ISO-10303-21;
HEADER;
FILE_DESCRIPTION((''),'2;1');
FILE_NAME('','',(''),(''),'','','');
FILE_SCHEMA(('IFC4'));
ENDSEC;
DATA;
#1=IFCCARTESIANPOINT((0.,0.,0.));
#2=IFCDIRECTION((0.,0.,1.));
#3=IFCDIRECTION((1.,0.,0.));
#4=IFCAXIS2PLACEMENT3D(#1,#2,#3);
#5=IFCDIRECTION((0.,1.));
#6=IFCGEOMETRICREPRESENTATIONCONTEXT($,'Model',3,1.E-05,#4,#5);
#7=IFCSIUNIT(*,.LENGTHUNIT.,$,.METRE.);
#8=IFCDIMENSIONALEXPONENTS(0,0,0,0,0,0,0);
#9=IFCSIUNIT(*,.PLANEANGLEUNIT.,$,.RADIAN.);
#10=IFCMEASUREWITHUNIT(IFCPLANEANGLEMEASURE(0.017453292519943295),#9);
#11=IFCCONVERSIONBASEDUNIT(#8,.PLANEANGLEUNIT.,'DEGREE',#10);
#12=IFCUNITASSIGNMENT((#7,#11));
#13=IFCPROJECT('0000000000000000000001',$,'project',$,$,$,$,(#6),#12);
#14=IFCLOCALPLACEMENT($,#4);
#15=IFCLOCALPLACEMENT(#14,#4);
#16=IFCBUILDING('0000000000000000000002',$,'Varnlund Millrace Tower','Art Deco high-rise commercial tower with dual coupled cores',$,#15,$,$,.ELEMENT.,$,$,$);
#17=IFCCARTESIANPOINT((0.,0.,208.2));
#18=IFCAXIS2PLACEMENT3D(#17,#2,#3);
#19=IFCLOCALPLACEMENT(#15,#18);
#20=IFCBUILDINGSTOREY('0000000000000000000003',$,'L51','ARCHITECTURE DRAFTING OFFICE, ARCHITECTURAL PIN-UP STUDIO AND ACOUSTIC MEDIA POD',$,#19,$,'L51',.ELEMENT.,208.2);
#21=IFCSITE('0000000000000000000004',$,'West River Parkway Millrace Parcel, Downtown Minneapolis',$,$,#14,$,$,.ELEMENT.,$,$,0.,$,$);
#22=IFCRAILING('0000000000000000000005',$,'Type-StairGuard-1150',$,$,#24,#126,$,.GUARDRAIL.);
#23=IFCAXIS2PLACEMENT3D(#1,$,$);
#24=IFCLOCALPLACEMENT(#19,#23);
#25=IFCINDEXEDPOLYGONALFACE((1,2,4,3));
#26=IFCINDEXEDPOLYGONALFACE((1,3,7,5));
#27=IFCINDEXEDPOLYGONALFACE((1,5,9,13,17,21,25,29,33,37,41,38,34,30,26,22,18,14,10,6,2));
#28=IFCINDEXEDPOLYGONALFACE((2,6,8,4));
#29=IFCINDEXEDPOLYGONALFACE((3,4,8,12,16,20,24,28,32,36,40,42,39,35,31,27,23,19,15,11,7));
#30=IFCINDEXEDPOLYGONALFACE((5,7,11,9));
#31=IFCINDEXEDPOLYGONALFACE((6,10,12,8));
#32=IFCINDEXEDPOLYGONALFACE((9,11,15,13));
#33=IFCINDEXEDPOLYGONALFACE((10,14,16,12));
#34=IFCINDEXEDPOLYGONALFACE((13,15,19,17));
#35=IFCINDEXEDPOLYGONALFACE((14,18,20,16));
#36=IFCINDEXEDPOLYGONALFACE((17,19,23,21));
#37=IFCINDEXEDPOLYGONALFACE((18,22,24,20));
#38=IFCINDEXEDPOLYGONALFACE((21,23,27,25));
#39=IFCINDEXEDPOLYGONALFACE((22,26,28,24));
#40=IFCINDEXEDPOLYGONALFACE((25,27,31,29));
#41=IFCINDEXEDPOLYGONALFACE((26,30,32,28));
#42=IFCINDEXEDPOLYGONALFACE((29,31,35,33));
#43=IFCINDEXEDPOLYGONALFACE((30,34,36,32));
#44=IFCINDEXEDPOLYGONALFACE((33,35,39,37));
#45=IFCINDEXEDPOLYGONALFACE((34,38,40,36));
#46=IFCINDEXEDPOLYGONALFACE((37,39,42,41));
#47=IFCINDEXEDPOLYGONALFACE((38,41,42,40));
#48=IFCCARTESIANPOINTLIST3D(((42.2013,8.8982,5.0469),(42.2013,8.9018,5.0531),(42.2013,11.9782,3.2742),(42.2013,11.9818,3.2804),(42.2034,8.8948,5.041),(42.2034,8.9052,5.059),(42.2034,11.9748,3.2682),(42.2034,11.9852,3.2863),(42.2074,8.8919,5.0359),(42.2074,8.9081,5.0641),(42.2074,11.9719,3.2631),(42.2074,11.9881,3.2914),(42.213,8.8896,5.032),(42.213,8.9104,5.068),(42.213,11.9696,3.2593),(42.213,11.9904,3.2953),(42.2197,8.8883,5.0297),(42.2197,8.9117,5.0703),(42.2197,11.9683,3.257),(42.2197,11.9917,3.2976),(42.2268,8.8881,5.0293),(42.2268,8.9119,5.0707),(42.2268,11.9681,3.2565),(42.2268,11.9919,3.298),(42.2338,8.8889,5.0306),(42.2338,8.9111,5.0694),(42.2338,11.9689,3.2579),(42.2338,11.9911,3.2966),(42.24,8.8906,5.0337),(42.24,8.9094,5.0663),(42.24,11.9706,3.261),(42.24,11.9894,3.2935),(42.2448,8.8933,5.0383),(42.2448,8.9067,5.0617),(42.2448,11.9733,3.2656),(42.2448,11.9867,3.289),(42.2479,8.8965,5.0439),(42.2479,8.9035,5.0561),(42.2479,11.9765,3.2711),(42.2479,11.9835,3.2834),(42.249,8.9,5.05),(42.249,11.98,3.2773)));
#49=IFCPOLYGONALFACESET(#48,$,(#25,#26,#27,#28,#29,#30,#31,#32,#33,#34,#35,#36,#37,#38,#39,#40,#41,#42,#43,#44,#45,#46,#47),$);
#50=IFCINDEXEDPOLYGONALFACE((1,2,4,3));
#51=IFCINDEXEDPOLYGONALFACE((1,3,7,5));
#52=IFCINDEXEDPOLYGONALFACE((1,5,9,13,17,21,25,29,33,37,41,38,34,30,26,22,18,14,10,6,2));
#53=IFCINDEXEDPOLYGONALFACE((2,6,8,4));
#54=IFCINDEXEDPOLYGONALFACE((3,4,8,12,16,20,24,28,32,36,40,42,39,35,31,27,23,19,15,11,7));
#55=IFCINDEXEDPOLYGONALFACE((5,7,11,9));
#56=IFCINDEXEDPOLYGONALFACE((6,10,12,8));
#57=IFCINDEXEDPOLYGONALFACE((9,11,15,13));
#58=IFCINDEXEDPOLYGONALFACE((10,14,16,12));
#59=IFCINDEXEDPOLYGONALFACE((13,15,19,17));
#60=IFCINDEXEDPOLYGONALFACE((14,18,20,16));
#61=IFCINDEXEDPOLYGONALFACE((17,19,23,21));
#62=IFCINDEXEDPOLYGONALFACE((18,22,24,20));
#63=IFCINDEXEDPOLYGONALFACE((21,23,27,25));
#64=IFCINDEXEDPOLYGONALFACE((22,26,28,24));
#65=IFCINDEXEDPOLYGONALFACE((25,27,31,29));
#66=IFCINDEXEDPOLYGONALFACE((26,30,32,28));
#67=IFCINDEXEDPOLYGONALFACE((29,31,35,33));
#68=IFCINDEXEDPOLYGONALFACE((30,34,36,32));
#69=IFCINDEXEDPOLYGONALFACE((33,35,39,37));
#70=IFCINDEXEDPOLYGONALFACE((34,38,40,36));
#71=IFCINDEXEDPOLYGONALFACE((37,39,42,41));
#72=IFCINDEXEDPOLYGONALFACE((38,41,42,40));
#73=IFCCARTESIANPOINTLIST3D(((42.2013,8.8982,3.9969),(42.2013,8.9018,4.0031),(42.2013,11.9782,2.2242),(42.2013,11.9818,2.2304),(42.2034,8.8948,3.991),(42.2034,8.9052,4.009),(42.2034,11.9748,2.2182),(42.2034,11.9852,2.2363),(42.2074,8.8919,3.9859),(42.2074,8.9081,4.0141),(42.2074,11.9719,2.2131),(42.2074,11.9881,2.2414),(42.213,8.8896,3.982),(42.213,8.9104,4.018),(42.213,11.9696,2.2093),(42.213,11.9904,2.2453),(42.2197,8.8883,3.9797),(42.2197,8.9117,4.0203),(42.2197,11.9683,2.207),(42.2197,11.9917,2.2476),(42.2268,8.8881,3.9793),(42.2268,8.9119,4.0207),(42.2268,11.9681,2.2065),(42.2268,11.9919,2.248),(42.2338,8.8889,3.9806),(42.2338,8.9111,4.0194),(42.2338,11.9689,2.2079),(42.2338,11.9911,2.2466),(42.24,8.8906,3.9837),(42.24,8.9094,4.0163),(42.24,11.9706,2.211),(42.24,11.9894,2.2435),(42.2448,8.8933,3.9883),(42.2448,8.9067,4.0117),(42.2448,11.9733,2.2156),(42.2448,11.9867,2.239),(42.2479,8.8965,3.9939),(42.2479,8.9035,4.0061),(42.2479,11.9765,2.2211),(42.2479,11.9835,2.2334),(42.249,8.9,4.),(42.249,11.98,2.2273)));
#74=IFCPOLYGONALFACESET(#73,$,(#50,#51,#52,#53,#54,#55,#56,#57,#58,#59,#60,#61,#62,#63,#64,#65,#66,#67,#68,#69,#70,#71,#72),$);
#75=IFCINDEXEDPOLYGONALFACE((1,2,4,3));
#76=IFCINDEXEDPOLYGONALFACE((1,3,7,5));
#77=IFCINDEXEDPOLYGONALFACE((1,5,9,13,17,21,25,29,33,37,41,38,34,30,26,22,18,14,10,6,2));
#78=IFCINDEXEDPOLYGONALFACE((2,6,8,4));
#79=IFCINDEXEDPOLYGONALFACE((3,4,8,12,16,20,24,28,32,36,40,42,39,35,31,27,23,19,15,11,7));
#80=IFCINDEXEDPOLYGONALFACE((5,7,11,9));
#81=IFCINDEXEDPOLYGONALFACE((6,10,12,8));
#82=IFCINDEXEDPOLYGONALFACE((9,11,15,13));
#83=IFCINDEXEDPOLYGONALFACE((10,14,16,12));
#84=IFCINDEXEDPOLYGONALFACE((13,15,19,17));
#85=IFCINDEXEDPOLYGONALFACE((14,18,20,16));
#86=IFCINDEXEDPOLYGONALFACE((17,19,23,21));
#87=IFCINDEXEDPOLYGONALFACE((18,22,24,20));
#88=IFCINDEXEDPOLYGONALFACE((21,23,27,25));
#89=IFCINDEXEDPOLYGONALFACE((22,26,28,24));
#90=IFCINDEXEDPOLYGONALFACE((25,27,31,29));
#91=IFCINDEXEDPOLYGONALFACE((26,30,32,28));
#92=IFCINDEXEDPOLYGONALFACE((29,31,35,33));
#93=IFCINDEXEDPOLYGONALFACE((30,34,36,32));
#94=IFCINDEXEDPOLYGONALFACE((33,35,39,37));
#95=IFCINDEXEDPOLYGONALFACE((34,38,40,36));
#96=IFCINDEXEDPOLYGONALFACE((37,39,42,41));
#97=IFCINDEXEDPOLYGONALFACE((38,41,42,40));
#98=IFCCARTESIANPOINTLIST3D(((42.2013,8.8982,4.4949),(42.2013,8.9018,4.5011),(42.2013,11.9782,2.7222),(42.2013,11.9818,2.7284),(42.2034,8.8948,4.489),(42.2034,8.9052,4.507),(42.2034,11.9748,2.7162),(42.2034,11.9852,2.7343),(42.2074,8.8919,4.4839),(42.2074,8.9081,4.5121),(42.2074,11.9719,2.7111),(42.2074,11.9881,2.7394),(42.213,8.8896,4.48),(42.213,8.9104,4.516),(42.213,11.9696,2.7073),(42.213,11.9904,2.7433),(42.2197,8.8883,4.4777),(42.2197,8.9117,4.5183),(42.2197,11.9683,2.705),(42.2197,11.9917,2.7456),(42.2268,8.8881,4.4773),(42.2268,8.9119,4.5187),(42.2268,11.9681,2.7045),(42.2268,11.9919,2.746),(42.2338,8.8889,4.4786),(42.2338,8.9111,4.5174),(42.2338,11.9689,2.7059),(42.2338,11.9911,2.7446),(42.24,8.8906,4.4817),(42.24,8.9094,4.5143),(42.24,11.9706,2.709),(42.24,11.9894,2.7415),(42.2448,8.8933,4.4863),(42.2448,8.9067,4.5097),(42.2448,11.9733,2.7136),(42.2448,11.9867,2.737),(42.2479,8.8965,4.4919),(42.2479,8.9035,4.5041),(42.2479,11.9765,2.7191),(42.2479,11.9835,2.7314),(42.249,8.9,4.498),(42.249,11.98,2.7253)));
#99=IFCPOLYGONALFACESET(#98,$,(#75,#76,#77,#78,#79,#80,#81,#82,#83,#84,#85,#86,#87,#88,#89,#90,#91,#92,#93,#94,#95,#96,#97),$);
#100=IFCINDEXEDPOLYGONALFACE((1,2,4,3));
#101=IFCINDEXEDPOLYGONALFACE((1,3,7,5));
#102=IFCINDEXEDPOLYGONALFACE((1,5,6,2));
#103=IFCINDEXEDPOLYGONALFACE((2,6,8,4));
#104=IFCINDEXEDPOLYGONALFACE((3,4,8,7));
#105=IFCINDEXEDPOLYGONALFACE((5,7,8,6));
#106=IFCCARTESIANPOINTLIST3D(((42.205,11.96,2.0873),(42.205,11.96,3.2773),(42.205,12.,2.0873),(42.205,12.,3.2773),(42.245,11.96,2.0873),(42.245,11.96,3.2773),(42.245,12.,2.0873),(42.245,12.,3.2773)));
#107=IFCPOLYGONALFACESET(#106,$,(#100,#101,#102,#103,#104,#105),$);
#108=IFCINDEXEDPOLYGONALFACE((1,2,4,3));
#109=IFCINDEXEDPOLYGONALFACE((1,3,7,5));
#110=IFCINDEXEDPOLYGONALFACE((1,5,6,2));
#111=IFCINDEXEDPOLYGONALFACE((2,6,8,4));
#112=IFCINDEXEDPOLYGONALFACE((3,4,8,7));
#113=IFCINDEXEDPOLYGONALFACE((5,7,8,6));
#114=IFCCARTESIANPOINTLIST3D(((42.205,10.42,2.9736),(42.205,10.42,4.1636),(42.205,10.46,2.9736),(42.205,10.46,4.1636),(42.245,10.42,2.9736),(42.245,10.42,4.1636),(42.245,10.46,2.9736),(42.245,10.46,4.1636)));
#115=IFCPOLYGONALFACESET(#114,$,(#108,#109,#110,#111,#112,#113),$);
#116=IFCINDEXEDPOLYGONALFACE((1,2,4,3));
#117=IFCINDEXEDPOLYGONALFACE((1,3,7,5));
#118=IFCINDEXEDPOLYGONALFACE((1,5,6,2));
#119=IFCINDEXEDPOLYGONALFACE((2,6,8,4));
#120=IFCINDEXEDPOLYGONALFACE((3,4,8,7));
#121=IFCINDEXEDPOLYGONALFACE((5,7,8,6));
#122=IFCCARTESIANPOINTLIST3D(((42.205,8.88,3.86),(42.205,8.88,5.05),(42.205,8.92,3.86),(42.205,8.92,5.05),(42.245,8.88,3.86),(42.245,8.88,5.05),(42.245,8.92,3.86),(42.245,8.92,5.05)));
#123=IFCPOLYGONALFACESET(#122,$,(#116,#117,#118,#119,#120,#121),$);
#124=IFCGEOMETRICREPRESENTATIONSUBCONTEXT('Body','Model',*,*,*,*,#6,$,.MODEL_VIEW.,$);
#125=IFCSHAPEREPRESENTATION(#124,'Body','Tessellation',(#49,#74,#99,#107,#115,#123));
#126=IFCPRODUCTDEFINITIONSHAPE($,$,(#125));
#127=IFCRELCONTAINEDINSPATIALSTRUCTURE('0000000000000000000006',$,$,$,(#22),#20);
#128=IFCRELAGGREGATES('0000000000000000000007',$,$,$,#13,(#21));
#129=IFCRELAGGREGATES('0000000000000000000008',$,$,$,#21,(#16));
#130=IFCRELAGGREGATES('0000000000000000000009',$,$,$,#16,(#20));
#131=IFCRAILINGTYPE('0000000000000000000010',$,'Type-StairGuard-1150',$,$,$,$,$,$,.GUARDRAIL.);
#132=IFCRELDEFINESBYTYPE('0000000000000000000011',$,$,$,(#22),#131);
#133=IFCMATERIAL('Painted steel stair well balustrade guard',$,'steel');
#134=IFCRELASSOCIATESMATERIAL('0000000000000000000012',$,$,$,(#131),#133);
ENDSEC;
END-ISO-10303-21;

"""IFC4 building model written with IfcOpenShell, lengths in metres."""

from ifc_helpers import new_model, entity, si_unit, converted_unit, direction, frame, origin_with_axes, origin_2d_with_axis, place, context, subcontext, project, spatial, rectangle, circle, extrude, material, type_object, element, save


model = new_model("IFC4")

# Units and contexts
model_context = context("Model", 3, precision=1e-05, world=origin_with_axes(), true_north=direction((0.0, 1.0)))
body_context = subcontext(model_context, "Body", "Model", "MODEL_VIEW")
ifc_project = project(units=[si_unit("LENGTHUNIT", "METRE"), converted_unit("PLANEANGLEUNIT", "DEGREE", entity("IfcPlaneAngleMeasure", 0.017453292519943295), si_unit("PLANEANGLEUNIT", "RADIAN"), dimensions=[0, 0, 0, 0, 0, 0, 0])], contexts=[model_context])

# Site, building, storey
site_placement = place(None, origin_with_axes())
site = spatial("IfcSite", under=ifc_project, at=site_placement, Name="West River Parkway Millrace Parcel, Downtown Minneapolis", CompositionType="ELEMENT", RefElevation=0.0)
building_placement = place(site_placement, origin_with_axes())
building = spatial("IfcBuilding", under=site, at=building_placement, Name="Varnlund Millrace Tower", Description="Art Deco high-rise commercial tower with dual coupled cores", CompositionType="ELEMENT")
storey_placement = place(building_placement, frame((0.0, 0.0, 208.2), z_axis=(0.0, 0.0, 1.0), x_axis=(1.0, 0.0, 0.0)))
storey = spatial("IfcBuildingStorey", under=building, at=storey_placement, Name="L51", Description="ARCHITECTURE DRAFTING OFFICE, ARCHITECTURAL PIN-UP STUDIO AND ACOUSTIC MEDIA POD", LongName="L51", CompositionType="ELEMENT", Elevation=208.2)

# Railing
ifc_material_1 = material(Name="Painted steel stair well balustrade guard", Category="steel")
railing_type_1 = type_object("IfcRailingType", Name="Type-StairGuard-1150", PredefinedType="GUARDRAIL", material=ifc_material_1)
railing_1_placement = place(storey_placement, frame((0.0, 0.0, -208.2), z_axis=(0.0, 0.0, 1.0), x_axis=(1.0, 0.0, 0.0)))
element("IfcRailing", 1, at=railing_1_placement, inside=storey, type_object=railing_type_1, Name="Type-StairGuard-1150", PredefinedType="GUARDRAIL", context=body_context, shape_type="SweptSolid", body=[
    extrude(circle(Radius=0.024, at=origin_2d_with_axis()), frame((42.225, 11.98, 211.4773), z_axis=(0.0, -0.866696, 0.498836), x_axis=(1.0, 0.0, 0.0)), (0.0, 0.0, 1.0), 3.5537),
    extrude(circle(Radius=0.024, at=origin_2d_with_axis()), frame((42.225, 11.98, 210.4273), z_axis=(0.0, -0.866696, 0.498836), x_axis=(1.0, 0.0, 0.0)), (0.0, 0.0, 1.0), 3.5537),
    extrude(circle(Radius=0.024, at=origin_2d_with_axis()), frame((42.225, 11.98, 210.9253), z_axis=(0.0, -0.866696, 0.498836), x_axis=(1.0, 0.0, 0.0)), (0.0, 0.0, 1.0), 3.5537),
    extrude(rectangle(XDim=0.04, YDim=0.04, at=origin_2d_with_axis()), frame((42.225, 11.98, 210.2873), z_axis=(0.0, 0.0, 1.0), x_axis=(1.0, 0.0, 0.0)), (0.0, 0.0, 1.0), 1.19),
    extrude(rectangle(XDim=0.04, YDim=0.04, at=origin_2d_with_axis()), frame((42.225, 10.44, 211.1736), z_axis=(0.0, 0.0, 1.0), x_axis=(1.0, 0.0, 0.0)), (0.0, 0.0, 1.0), 1.19),
    extrude(rectangle(XDim=0.04, YDim=0.04, at=origin_2d_with_axis()), frame((42.225, 8.9, 212.06), z_axis=(0.0, 0.0, 1.0), x_axis=(1.0, 0.0, 0.0)), (0.0, 0.0, 1.0), 1.19),
])

save(model, "model.ifc")
